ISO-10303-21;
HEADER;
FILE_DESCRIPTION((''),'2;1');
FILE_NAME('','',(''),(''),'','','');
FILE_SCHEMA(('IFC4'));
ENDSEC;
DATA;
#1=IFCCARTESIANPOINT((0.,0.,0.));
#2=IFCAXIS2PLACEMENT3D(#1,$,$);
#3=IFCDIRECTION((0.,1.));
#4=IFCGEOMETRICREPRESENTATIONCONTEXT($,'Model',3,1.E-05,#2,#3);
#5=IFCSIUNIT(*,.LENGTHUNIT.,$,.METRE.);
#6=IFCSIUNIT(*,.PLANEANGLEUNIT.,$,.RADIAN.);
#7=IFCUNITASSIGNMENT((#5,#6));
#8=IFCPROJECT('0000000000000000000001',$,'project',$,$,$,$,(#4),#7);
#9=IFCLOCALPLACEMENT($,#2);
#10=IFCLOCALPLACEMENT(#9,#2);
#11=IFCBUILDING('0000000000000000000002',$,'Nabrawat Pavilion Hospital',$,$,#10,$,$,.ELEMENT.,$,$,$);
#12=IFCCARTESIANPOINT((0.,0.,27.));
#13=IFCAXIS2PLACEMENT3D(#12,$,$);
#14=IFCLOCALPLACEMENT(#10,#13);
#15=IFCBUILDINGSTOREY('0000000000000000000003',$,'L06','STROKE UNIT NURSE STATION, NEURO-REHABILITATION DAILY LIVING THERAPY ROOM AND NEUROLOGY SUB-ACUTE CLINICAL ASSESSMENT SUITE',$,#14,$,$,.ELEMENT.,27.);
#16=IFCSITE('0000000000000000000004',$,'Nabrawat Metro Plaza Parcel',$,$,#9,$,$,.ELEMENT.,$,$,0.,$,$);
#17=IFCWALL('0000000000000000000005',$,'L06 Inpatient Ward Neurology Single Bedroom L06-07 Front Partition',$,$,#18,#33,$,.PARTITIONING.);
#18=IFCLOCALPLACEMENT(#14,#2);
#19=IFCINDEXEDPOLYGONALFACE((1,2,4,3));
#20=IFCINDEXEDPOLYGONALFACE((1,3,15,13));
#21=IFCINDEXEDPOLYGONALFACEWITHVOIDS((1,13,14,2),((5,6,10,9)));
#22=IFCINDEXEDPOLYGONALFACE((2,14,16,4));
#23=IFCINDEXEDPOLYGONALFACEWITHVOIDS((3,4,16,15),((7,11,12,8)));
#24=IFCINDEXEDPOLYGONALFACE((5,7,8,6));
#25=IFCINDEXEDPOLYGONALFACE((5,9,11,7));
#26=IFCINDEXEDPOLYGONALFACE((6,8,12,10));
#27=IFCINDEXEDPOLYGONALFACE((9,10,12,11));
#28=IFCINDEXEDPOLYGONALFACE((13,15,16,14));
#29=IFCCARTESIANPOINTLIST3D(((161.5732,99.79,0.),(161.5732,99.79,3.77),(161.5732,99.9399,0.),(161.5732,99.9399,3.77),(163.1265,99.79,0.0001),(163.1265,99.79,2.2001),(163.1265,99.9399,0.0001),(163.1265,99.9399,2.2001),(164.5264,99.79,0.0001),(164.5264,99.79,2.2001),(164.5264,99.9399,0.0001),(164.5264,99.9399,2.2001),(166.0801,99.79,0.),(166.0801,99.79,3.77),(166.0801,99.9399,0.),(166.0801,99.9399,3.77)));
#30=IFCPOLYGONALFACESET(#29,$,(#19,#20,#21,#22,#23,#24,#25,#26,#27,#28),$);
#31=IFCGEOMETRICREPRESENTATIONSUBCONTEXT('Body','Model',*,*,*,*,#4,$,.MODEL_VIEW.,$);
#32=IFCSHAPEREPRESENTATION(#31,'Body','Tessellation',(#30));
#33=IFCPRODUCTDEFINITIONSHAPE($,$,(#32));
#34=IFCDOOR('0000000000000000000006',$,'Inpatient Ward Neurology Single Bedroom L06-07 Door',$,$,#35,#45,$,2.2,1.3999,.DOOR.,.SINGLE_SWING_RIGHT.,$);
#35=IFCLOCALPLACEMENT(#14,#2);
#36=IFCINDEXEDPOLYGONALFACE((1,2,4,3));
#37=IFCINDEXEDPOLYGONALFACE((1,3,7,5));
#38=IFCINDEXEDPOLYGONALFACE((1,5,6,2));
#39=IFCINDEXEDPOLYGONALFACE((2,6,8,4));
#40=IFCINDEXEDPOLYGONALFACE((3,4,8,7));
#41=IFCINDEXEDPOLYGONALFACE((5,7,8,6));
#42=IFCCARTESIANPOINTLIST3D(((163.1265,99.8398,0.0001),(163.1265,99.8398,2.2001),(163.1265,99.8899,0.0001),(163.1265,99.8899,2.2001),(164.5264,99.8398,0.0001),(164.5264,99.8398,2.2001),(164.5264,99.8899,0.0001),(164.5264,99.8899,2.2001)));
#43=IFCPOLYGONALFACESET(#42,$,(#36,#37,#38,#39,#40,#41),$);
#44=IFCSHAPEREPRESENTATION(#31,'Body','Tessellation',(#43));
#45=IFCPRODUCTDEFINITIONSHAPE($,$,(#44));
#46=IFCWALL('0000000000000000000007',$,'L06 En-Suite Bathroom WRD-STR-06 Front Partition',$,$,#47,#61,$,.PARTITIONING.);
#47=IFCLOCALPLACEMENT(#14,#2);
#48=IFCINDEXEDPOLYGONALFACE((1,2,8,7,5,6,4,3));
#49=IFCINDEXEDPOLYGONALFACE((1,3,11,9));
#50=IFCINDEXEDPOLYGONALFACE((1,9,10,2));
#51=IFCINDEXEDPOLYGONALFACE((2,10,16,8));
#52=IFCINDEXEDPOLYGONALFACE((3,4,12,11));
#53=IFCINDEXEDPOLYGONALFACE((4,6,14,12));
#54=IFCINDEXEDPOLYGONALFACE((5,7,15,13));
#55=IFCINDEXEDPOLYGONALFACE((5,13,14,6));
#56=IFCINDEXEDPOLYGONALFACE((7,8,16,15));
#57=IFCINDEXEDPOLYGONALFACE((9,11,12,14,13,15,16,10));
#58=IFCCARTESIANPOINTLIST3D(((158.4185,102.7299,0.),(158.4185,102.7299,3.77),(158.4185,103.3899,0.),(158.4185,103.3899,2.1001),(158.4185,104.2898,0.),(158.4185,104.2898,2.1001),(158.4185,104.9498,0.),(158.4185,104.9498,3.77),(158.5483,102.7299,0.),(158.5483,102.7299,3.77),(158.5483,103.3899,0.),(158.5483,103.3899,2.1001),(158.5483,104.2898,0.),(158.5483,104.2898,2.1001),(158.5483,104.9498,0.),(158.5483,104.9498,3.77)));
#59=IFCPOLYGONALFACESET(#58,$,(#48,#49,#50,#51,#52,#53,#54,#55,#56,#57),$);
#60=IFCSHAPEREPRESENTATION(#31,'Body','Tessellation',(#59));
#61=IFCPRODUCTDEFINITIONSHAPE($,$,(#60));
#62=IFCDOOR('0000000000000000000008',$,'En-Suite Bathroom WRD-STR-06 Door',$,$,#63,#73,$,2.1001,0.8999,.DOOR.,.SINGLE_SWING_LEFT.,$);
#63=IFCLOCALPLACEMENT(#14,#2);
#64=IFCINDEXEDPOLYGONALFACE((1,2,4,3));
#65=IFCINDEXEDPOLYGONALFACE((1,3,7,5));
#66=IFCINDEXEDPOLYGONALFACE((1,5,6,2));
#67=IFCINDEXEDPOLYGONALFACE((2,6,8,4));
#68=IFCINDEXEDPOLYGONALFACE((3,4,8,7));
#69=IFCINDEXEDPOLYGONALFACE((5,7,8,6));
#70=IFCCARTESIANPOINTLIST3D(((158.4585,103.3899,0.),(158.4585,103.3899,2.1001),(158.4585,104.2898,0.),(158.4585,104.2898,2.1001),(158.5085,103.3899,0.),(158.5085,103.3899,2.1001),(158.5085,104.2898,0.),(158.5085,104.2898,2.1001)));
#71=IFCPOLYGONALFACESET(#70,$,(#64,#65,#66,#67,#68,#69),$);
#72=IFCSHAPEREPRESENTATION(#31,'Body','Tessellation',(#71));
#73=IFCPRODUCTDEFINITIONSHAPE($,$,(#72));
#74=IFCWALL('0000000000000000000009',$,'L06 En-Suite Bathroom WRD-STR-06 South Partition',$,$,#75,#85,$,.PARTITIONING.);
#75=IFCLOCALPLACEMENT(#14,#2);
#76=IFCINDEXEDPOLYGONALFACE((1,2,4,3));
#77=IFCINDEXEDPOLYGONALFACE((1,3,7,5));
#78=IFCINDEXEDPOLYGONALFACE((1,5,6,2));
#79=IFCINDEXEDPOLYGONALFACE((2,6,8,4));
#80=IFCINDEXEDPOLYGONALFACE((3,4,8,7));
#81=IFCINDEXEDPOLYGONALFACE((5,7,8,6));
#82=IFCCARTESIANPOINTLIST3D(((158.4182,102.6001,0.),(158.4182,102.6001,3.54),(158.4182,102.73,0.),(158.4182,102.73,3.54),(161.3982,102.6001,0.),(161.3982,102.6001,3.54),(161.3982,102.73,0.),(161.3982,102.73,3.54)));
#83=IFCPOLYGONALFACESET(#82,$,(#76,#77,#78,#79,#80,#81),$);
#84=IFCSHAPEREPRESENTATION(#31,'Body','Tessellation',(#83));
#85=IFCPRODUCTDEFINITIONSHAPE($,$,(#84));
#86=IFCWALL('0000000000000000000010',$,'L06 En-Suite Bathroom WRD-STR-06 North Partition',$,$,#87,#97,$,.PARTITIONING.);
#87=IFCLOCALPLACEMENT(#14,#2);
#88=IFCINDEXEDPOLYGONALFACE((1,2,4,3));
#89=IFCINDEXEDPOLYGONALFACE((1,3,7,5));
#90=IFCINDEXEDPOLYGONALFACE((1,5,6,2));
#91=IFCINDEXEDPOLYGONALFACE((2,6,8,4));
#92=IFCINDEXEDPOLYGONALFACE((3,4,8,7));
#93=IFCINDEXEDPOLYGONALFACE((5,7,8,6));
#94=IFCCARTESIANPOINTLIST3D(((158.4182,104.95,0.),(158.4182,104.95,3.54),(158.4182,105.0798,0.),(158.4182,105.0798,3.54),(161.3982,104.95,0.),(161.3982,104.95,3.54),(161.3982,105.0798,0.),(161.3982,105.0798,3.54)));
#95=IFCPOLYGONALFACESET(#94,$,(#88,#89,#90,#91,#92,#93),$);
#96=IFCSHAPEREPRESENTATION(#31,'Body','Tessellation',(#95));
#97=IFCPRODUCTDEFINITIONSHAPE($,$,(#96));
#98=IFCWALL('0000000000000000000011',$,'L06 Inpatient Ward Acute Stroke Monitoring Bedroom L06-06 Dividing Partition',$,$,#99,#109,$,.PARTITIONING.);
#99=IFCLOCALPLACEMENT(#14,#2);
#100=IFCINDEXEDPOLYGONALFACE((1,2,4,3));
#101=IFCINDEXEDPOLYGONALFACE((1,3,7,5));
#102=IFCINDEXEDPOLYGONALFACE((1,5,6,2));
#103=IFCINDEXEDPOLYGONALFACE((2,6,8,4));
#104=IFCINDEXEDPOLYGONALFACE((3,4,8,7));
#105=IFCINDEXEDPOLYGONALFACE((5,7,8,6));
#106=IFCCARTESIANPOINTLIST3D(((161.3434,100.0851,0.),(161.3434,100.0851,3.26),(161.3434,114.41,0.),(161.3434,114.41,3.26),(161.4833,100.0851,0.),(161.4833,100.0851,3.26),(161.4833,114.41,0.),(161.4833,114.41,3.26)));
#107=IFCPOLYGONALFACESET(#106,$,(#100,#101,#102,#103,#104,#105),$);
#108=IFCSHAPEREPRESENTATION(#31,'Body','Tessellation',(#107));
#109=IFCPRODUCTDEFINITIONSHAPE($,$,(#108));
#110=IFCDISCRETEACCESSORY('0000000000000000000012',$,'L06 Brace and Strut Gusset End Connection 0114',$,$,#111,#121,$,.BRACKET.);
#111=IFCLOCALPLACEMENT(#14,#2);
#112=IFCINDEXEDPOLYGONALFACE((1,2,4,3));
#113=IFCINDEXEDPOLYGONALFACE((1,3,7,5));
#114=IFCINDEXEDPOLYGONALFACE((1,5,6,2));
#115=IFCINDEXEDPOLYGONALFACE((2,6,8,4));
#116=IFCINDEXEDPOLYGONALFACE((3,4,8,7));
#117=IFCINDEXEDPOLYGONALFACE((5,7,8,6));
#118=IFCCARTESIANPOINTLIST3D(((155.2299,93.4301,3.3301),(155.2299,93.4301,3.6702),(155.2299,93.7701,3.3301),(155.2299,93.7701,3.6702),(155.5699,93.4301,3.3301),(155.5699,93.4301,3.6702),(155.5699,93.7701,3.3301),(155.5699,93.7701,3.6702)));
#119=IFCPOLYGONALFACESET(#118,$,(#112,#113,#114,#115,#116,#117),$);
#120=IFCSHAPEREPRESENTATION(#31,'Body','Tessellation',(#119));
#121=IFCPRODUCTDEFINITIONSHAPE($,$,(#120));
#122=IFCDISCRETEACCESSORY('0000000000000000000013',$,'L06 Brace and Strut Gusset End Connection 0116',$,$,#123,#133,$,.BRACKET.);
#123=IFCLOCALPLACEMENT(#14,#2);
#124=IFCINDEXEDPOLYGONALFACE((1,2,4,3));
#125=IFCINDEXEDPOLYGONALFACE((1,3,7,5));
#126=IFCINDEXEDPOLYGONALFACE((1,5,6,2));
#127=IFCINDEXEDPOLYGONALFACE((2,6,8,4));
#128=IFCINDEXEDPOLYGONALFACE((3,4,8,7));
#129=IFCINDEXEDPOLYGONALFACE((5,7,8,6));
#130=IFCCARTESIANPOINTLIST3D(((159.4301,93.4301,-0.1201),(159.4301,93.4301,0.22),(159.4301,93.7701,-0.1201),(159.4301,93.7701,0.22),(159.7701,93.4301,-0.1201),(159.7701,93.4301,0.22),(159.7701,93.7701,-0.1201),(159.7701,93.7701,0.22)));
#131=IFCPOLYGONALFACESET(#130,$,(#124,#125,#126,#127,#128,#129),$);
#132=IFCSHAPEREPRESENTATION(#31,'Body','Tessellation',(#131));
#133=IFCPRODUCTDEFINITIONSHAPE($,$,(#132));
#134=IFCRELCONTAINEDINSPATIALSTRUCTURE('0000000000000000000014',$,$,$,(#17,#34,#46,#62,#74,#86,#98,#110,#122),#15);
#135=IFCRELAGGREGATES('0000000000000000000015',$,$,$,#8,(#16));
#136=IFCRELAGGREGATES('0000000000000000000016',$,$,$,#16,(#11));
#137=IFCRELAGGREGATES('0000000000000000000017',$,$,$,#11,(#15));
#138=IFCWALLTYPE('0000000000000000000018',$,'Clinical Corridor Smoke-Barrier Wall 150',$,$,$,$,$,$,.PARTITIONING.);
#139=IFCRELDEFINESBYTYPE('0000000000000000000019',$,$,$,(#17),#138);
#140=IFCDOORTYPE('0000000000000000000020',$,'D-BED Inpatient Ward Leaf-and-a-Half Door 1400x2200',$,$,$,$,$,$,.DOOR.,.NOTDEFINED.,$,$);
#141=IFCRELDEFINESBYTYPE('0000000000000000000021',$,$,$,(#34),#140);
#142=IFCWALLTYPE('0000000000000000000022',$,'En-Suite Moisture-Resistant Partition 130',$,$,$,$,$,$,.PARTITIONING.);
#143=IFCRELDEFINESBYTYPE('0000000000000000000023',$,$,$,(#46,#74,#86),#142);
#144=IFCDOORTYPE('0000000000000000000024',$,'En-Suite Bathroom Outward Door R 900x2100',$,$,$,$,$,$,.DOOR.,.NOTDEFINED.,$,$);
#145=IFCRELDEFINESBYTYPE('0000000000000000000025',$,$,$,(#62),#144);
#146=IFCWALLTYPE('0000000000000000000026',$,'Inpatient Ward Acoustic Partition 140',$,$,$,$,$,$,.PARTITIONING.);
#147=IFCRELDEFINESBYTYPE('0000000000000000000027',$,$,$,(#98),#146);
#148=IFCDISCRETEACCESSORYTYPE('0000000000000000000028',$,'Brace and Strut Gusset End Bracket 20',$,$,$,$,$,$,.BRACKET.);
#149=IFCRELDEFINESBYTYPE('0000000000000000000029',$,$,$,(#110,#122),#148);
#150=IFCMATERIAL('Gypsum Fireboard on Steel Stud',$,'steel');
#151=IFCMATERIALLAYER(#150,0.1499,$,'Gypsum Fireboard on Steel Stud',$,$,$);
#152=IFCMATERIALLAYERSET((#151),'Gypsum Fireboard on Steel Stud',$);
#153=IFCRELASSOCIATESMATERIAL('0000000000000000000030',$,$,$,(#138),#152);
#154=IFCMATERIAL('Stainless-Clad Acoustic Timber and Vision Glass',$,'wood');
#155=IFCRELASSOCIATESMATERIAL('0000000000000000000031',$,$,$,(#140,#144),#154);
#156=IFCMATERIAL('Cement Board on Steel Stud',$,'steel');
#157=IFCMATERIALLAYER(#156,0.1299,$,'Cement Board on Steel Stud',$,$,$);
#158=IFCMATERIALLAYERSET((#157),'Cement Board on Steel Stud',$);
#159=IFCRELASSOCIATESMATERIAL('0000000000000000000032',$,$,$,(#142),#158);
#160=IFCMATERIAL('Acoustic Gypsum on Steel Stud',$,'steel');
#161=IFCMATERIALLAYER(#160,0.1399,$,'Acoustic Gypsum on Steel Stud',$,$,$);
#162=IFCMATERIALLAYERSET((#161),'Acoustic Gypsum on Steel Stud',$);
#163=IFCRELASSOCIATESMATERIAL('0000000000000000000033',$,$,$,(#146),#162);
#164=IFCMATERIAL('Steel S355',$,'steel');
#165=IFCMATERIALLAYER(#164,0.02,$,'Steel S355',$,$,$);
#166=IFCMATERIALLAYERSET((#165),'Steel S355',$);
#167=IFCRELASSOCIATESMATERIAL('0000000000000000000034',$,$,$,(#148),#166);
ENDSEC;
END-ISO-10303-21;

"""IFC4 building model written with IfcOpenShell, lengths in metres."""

from ifc_helpers import new_model, si_unit, direction, frame, frame_2d, origin, origin_2d, place, context, subcontext, project, spatial, rectangle, extrude, material, layer, layer_set, type_object, element, fill, save


model = new_model("IFC4")

# Units and contexts
model_context = context("Model", 3, precision=1e-05, world=origin(), true_north=direction((0.0, 1.0)))
body_context = subcontext(model_context, "Body", "Model", "MODEL_VIEW")
ifc_project = project(units=[si_unit("LENGTHUNIT", "METRE"), si_unit("PLANEANGLEUNIT", "RADIAN")], contexts=[model_context])

# Site, building, storey
site_placement = place(None, origin())
site = spatial("IfcSite", under=ifc_project, at=site_placement, Name="Nabrawat Metro Plaza Parcel", CompositionType="ELEMENT", RefElevation=0.0)
building_placement = place(site_placement, origin())
building = spatial("IfcBuilding", under=site, at=building_placement, Name="Nabrawat Pavilion Hospital", CompositionType="ELEMENT")
storey_placement = place(building_placement, frame((0.0, 0.0, 27.0)))
storey = spatial("IfcBuildingStorey", under=building, at=storey_placement, Name="L06", Description="STROKE UNIT NURSE STATION, NEURO-REHABILITATION DAILY LIVING THERAPY ROOM AND NEUROLOGY SUB-ACUTE CLINICAL ASSESSMENT SUITE", CompositionType="ELEMENT", Elevation=27.0)

# Shared definitions
ifc_material_1 = material(Name="Steel S355", Category="steel")

# Walls, openings, doors
ifc_material_2 = material(Name="Gypsum Fireboard on Steel Stud", Category="steel")
ifc_layer_1 = layer(ifc_material_2, 0.1499, Name="Gypsum Fireboard on Steel Stud")
ifc_layer_set_1 = layer_set([ifc_layer_1], Name="Gypsum Fireboard on Steel Stud")
wall_type_1 = type_object("IfcWallType", Name="Clinical Corridor Smoke-Barrier Wall 150", PredefinedType="PARTITIONING", material=ifc_layer_set_1)
ifc_material_3 = material(Name="Stainless-Clad Acoustic Timber and Vision Glass", Category="wood")
door_type_1 = type_object("IfcDoorType", Name="D-BED Inpatient Ward Leaf-and-a-Half Door 1400x2200", OperationType="NOTDEFINED", PredefinedType="DOOR", material=ifc_material_3)
wall_1_placement = place(storey_placement, frame((161.5732, 99.865, 0.0), z_axis=(0.0, 0.0, 1.0), x_axis=(1.0, 0.0, 0.0)))
wall_1 = element("IfcWall", 1, at=wall_1_placement, inside=storey, type_object=wall_type_1, Name="L06 Inpatient Ward Neurology Single Bedroom L06-07 Front Partition", PredefinedType="PARTITIONING", context=body_context, shape_type="SweptSolid", body=[
    extrude(rectangle(XDim=4.5068, YDim=0.1499, at=frame_2d((2.2534, 0.0))), origin(), (0.0, 0.0, 1.0), 3.77),
])
opening_1_placement = place(wall_1_placement, frame((1.5532, 0.0, 0.0)))
opening_1 = element("IfcOpeningElement", 2, at=opening_1_placement, cuts=wall_1, PredefinedType="OPENING", context=body_context, shape_type="SweptSolid", body=[
    extrude(rectangle(XDim=1.3999, YDim=2.2, at=frame_2d((0.7, 1.1001))), frame((0.0, 0.085, 0.0), z_axis=(0.0, -1.0, 0.0), x_axis=(1.0, 0.0, 0.0)), (0.0, 0.0, 1.0), 0.1699),
])
door_1_placement = place(opening_1_placement, origin())
door_1 = element("IfcDoor", 3, at=door_1_placement, inside=storey, type_object=door_type_1, Name="Inpatient Ward Neurology Single Bedroom L06-07 Door", OperationType="SINGLE_SWING_RIGHT", OverallHeight=2.2, OverallWidth=1.3999, PredefinedType="DOOR", context=body_context, shape_type="SweptSolid", body=[
    extrude(rectangle(XDim=1.3999, YDim=2.2, at=frame_2d((0.7, 1.1001))), frame((0.0, 0.0249, 0.0), z_axis=(0.0, -1.0, 0.0), x_axis=(1.0, 0.0, 0.0)), (0.0, 0.0, 1.0), 0.05),
])
fill(opening_1, door_1)
ifc_material_4 = material(Name="Cement Board on Steel Stud", Category="steel")
ifc_layer_2 = layer(ifc_material_4, 0.1299, Name="Cement Board on Steel Stud")
ifc_layer_set_2 = layer_set([ifc_layer_2], Name="Cement Board on Steel Stud")
wall_type_2 = type_object("IfcWallType", Name="En-Suite Moisture-Resistant Partition 130", PredefinedType="PARTITIONING", material=ifc_layer_set_2)
wall_2_placement = place(storey_placement, frame((158.4834, 102.73, 0.0), z_axis=(0.0, 0.0, 1.0), x_axis=(0.0, 1.0, 0.0)))
wall_2 = element("IfcWall", 4, at=wall_2_placement, inside=storey, type_object=wall_type_2, Name="L06 En-Suite Bathroom WRD-STR-06 Front Partition", PredefinedType="PARTITIONING", context=body_context, shape_type="SweptSolid", body=[
    extrude(rectangle(XDim=2.22, YDim=0.1299, at=frame_2d((1.1099, 0.0))), origin(), (0.0, 0.0, 1.0), 3.77),
])
opening_2_placement = place(wall_2_placement, frame((0.6599, 0.0, 0.0)))
opening_2 = element("IfcOpeningElement", 5, at=opening_2_placement, cuts=wall_2, PredefinedType="OPENING", context=body_context, shape_type="SweptSolid", body=[
    extrude(rectangle(XDim=0.8999, YDim=2.1001, at=frame_2d((0.45, 1.05))), frame((0.0, 0.075, 0.0), z_axis=(0.0, -1.0, 0.0), x_axis=(1.0, 0.0, 0.0)), (0.0, 0.0, 1.0), 0.1499),
])
door_type_2 = type_object("IfcDoorType", Name="En-Suite Bathroom Outward Door R 900x2100", OperationType="NOTDEFINED", PredefinedType="DOOR", material=ifc_material_3)
door_2_placement = place(opening_2_placement, origin())
door_2 = element("IfcDoor", 6, at=door_2_placement, inside=storey, type_object=door_type_2, Name="En-Suite Bathroom WRD-STR-06 Door", OperationType="SINGLE_SWING_LEFT", OverallHeight=2.1001, OverallWidth=0.8999, PredefinedType="DOOR", context=body_context, shape_type="SweptSolid", body=[
    extrude(rectangle(XDim=0.8999, YDim=2.1001, at=frame_2d((0.45, 1.05))), frame((0.0, 0.0249, 0.0), z_axis=(0.0, -1.0, 0.0), x_axis=(1.0, 0.0, 0.0)), (0.0, 0.0, 1.0), 0.05),
])
fill(opening_2, door_2)

# Walls
for number, where, z_axis, x_axis, name in (
    (7, (158.4182, 102.665, 0.0), (0.0, 0.0, 1.0), (1.0, 0.0, 0.0), "L06 En-Suite Bathroom WRD-STR-06 South Partition"),
    (8, (158.4182, 105.0149, 0.0), (0.0, 0.0, 1.0), (1.0, 0.0, 0.0), "L06 En-Suite Bathroom WRD-STR-06 North Partition"),
):
    element("IfcWall", number, at=place(storey_placement, frame(where, z_axis=z_axis, x_axis=x_axis)), inside=storey, type_object=wall_type_2, Name=name, PredefinedType="PARTITIONING", context=body_context, shape_type="SweptSolid", body=[
        extrude(rectangle(XDim=2.98, YDim=0.1299, at=frame_2d((1.49, 0.0))), origin(), (0.0, 0.0, 1.0), 3.54),
    ])
ifc_material_5 = material(Name="Acoustic Gypsum on Steel Stud", Category="steel")
ifc_layer_3 = layer(ifc_material_5, 0.1399, Name="Acoustic Gypsum on Steel Stud")
ifc_layer_set_3 = layer_set([ifc_layer_3], Name="Acoustic Gypsum on Steel Stud")
wall_type_3 = type_object("IfcWallType", Name="Inpatient Ward Acoustic Partition 140", PredefinedType="PARTITIONING", material=ifc_layer_set_3)
wall_3_placement = place(storey_placement, frame((161.4133, 100.085, 0.0), z_axis=(0.0, 0.0, 1.0), x_axis=(0.0, 1.0, 0.0)))
element("IfcWall", 9, at=wall_3_placement, inside=storey, type_object=wall_type_3, Name="L06 Inpatient Ward Acute Stroke Monitoring Bedroom L06-06 Dividing Partition", PredefinedType="PARTITIONING", context=body_context, shape_type="SweptSolid", body=[
    extrude(rectangle(XDim=14.325, YDim=0.1399, at=frame_2d((7.1626, 0.0))), origin(), (0.0, 0.0, 1.0), 3.26),
])

# Discrete accessories
ifc_layer_4 = layer(ifc_material_1, 0.02, Name="Steel S355")
ifc_layer_set_4 = layer_set([ifc_layer_4], Name="Steel S355")
discrete_accessory_type = type_object("IfcDiscreteAccessoryType", Name="Brace and Strut Gusset End Bracket 20", PredefinedType="BRACKET", material=ifc_layer_set_4)
for number, where, z_axis, x_axis, name in (
    (10, (155.3999, 93.6001, 3.3301), (0.0, 0.0, 1.0), (1.0, 0.0, 0.0), "L06 Brace and Strut Gusset End Connection 0114"),
    (11, (159.6001, 93.6001, -0.1201), (0.0, 0.0, 1.0), (1.0, 0.0, 0.0), "L06 Brace and Strut Gusset End Connection 0116"),
):
    element("IfcDiscreteAccessory", number, at=place(storey_placement, frame(where, z_axis=z_axis, x_axis=x_axis)), inside=storey, type_object=discrete_accessory_type, Name=name, PredefinedType="BRACKET", context=body_context, shape_type="SweptSolid", body=[
        extrude(rectangle(XDim=0.3401, YDim=0.3401, at=origin_2d()), origin(), (0.0, 0.0, 1.0), 0.3401),
    ])

save(model, "model.ifc")
